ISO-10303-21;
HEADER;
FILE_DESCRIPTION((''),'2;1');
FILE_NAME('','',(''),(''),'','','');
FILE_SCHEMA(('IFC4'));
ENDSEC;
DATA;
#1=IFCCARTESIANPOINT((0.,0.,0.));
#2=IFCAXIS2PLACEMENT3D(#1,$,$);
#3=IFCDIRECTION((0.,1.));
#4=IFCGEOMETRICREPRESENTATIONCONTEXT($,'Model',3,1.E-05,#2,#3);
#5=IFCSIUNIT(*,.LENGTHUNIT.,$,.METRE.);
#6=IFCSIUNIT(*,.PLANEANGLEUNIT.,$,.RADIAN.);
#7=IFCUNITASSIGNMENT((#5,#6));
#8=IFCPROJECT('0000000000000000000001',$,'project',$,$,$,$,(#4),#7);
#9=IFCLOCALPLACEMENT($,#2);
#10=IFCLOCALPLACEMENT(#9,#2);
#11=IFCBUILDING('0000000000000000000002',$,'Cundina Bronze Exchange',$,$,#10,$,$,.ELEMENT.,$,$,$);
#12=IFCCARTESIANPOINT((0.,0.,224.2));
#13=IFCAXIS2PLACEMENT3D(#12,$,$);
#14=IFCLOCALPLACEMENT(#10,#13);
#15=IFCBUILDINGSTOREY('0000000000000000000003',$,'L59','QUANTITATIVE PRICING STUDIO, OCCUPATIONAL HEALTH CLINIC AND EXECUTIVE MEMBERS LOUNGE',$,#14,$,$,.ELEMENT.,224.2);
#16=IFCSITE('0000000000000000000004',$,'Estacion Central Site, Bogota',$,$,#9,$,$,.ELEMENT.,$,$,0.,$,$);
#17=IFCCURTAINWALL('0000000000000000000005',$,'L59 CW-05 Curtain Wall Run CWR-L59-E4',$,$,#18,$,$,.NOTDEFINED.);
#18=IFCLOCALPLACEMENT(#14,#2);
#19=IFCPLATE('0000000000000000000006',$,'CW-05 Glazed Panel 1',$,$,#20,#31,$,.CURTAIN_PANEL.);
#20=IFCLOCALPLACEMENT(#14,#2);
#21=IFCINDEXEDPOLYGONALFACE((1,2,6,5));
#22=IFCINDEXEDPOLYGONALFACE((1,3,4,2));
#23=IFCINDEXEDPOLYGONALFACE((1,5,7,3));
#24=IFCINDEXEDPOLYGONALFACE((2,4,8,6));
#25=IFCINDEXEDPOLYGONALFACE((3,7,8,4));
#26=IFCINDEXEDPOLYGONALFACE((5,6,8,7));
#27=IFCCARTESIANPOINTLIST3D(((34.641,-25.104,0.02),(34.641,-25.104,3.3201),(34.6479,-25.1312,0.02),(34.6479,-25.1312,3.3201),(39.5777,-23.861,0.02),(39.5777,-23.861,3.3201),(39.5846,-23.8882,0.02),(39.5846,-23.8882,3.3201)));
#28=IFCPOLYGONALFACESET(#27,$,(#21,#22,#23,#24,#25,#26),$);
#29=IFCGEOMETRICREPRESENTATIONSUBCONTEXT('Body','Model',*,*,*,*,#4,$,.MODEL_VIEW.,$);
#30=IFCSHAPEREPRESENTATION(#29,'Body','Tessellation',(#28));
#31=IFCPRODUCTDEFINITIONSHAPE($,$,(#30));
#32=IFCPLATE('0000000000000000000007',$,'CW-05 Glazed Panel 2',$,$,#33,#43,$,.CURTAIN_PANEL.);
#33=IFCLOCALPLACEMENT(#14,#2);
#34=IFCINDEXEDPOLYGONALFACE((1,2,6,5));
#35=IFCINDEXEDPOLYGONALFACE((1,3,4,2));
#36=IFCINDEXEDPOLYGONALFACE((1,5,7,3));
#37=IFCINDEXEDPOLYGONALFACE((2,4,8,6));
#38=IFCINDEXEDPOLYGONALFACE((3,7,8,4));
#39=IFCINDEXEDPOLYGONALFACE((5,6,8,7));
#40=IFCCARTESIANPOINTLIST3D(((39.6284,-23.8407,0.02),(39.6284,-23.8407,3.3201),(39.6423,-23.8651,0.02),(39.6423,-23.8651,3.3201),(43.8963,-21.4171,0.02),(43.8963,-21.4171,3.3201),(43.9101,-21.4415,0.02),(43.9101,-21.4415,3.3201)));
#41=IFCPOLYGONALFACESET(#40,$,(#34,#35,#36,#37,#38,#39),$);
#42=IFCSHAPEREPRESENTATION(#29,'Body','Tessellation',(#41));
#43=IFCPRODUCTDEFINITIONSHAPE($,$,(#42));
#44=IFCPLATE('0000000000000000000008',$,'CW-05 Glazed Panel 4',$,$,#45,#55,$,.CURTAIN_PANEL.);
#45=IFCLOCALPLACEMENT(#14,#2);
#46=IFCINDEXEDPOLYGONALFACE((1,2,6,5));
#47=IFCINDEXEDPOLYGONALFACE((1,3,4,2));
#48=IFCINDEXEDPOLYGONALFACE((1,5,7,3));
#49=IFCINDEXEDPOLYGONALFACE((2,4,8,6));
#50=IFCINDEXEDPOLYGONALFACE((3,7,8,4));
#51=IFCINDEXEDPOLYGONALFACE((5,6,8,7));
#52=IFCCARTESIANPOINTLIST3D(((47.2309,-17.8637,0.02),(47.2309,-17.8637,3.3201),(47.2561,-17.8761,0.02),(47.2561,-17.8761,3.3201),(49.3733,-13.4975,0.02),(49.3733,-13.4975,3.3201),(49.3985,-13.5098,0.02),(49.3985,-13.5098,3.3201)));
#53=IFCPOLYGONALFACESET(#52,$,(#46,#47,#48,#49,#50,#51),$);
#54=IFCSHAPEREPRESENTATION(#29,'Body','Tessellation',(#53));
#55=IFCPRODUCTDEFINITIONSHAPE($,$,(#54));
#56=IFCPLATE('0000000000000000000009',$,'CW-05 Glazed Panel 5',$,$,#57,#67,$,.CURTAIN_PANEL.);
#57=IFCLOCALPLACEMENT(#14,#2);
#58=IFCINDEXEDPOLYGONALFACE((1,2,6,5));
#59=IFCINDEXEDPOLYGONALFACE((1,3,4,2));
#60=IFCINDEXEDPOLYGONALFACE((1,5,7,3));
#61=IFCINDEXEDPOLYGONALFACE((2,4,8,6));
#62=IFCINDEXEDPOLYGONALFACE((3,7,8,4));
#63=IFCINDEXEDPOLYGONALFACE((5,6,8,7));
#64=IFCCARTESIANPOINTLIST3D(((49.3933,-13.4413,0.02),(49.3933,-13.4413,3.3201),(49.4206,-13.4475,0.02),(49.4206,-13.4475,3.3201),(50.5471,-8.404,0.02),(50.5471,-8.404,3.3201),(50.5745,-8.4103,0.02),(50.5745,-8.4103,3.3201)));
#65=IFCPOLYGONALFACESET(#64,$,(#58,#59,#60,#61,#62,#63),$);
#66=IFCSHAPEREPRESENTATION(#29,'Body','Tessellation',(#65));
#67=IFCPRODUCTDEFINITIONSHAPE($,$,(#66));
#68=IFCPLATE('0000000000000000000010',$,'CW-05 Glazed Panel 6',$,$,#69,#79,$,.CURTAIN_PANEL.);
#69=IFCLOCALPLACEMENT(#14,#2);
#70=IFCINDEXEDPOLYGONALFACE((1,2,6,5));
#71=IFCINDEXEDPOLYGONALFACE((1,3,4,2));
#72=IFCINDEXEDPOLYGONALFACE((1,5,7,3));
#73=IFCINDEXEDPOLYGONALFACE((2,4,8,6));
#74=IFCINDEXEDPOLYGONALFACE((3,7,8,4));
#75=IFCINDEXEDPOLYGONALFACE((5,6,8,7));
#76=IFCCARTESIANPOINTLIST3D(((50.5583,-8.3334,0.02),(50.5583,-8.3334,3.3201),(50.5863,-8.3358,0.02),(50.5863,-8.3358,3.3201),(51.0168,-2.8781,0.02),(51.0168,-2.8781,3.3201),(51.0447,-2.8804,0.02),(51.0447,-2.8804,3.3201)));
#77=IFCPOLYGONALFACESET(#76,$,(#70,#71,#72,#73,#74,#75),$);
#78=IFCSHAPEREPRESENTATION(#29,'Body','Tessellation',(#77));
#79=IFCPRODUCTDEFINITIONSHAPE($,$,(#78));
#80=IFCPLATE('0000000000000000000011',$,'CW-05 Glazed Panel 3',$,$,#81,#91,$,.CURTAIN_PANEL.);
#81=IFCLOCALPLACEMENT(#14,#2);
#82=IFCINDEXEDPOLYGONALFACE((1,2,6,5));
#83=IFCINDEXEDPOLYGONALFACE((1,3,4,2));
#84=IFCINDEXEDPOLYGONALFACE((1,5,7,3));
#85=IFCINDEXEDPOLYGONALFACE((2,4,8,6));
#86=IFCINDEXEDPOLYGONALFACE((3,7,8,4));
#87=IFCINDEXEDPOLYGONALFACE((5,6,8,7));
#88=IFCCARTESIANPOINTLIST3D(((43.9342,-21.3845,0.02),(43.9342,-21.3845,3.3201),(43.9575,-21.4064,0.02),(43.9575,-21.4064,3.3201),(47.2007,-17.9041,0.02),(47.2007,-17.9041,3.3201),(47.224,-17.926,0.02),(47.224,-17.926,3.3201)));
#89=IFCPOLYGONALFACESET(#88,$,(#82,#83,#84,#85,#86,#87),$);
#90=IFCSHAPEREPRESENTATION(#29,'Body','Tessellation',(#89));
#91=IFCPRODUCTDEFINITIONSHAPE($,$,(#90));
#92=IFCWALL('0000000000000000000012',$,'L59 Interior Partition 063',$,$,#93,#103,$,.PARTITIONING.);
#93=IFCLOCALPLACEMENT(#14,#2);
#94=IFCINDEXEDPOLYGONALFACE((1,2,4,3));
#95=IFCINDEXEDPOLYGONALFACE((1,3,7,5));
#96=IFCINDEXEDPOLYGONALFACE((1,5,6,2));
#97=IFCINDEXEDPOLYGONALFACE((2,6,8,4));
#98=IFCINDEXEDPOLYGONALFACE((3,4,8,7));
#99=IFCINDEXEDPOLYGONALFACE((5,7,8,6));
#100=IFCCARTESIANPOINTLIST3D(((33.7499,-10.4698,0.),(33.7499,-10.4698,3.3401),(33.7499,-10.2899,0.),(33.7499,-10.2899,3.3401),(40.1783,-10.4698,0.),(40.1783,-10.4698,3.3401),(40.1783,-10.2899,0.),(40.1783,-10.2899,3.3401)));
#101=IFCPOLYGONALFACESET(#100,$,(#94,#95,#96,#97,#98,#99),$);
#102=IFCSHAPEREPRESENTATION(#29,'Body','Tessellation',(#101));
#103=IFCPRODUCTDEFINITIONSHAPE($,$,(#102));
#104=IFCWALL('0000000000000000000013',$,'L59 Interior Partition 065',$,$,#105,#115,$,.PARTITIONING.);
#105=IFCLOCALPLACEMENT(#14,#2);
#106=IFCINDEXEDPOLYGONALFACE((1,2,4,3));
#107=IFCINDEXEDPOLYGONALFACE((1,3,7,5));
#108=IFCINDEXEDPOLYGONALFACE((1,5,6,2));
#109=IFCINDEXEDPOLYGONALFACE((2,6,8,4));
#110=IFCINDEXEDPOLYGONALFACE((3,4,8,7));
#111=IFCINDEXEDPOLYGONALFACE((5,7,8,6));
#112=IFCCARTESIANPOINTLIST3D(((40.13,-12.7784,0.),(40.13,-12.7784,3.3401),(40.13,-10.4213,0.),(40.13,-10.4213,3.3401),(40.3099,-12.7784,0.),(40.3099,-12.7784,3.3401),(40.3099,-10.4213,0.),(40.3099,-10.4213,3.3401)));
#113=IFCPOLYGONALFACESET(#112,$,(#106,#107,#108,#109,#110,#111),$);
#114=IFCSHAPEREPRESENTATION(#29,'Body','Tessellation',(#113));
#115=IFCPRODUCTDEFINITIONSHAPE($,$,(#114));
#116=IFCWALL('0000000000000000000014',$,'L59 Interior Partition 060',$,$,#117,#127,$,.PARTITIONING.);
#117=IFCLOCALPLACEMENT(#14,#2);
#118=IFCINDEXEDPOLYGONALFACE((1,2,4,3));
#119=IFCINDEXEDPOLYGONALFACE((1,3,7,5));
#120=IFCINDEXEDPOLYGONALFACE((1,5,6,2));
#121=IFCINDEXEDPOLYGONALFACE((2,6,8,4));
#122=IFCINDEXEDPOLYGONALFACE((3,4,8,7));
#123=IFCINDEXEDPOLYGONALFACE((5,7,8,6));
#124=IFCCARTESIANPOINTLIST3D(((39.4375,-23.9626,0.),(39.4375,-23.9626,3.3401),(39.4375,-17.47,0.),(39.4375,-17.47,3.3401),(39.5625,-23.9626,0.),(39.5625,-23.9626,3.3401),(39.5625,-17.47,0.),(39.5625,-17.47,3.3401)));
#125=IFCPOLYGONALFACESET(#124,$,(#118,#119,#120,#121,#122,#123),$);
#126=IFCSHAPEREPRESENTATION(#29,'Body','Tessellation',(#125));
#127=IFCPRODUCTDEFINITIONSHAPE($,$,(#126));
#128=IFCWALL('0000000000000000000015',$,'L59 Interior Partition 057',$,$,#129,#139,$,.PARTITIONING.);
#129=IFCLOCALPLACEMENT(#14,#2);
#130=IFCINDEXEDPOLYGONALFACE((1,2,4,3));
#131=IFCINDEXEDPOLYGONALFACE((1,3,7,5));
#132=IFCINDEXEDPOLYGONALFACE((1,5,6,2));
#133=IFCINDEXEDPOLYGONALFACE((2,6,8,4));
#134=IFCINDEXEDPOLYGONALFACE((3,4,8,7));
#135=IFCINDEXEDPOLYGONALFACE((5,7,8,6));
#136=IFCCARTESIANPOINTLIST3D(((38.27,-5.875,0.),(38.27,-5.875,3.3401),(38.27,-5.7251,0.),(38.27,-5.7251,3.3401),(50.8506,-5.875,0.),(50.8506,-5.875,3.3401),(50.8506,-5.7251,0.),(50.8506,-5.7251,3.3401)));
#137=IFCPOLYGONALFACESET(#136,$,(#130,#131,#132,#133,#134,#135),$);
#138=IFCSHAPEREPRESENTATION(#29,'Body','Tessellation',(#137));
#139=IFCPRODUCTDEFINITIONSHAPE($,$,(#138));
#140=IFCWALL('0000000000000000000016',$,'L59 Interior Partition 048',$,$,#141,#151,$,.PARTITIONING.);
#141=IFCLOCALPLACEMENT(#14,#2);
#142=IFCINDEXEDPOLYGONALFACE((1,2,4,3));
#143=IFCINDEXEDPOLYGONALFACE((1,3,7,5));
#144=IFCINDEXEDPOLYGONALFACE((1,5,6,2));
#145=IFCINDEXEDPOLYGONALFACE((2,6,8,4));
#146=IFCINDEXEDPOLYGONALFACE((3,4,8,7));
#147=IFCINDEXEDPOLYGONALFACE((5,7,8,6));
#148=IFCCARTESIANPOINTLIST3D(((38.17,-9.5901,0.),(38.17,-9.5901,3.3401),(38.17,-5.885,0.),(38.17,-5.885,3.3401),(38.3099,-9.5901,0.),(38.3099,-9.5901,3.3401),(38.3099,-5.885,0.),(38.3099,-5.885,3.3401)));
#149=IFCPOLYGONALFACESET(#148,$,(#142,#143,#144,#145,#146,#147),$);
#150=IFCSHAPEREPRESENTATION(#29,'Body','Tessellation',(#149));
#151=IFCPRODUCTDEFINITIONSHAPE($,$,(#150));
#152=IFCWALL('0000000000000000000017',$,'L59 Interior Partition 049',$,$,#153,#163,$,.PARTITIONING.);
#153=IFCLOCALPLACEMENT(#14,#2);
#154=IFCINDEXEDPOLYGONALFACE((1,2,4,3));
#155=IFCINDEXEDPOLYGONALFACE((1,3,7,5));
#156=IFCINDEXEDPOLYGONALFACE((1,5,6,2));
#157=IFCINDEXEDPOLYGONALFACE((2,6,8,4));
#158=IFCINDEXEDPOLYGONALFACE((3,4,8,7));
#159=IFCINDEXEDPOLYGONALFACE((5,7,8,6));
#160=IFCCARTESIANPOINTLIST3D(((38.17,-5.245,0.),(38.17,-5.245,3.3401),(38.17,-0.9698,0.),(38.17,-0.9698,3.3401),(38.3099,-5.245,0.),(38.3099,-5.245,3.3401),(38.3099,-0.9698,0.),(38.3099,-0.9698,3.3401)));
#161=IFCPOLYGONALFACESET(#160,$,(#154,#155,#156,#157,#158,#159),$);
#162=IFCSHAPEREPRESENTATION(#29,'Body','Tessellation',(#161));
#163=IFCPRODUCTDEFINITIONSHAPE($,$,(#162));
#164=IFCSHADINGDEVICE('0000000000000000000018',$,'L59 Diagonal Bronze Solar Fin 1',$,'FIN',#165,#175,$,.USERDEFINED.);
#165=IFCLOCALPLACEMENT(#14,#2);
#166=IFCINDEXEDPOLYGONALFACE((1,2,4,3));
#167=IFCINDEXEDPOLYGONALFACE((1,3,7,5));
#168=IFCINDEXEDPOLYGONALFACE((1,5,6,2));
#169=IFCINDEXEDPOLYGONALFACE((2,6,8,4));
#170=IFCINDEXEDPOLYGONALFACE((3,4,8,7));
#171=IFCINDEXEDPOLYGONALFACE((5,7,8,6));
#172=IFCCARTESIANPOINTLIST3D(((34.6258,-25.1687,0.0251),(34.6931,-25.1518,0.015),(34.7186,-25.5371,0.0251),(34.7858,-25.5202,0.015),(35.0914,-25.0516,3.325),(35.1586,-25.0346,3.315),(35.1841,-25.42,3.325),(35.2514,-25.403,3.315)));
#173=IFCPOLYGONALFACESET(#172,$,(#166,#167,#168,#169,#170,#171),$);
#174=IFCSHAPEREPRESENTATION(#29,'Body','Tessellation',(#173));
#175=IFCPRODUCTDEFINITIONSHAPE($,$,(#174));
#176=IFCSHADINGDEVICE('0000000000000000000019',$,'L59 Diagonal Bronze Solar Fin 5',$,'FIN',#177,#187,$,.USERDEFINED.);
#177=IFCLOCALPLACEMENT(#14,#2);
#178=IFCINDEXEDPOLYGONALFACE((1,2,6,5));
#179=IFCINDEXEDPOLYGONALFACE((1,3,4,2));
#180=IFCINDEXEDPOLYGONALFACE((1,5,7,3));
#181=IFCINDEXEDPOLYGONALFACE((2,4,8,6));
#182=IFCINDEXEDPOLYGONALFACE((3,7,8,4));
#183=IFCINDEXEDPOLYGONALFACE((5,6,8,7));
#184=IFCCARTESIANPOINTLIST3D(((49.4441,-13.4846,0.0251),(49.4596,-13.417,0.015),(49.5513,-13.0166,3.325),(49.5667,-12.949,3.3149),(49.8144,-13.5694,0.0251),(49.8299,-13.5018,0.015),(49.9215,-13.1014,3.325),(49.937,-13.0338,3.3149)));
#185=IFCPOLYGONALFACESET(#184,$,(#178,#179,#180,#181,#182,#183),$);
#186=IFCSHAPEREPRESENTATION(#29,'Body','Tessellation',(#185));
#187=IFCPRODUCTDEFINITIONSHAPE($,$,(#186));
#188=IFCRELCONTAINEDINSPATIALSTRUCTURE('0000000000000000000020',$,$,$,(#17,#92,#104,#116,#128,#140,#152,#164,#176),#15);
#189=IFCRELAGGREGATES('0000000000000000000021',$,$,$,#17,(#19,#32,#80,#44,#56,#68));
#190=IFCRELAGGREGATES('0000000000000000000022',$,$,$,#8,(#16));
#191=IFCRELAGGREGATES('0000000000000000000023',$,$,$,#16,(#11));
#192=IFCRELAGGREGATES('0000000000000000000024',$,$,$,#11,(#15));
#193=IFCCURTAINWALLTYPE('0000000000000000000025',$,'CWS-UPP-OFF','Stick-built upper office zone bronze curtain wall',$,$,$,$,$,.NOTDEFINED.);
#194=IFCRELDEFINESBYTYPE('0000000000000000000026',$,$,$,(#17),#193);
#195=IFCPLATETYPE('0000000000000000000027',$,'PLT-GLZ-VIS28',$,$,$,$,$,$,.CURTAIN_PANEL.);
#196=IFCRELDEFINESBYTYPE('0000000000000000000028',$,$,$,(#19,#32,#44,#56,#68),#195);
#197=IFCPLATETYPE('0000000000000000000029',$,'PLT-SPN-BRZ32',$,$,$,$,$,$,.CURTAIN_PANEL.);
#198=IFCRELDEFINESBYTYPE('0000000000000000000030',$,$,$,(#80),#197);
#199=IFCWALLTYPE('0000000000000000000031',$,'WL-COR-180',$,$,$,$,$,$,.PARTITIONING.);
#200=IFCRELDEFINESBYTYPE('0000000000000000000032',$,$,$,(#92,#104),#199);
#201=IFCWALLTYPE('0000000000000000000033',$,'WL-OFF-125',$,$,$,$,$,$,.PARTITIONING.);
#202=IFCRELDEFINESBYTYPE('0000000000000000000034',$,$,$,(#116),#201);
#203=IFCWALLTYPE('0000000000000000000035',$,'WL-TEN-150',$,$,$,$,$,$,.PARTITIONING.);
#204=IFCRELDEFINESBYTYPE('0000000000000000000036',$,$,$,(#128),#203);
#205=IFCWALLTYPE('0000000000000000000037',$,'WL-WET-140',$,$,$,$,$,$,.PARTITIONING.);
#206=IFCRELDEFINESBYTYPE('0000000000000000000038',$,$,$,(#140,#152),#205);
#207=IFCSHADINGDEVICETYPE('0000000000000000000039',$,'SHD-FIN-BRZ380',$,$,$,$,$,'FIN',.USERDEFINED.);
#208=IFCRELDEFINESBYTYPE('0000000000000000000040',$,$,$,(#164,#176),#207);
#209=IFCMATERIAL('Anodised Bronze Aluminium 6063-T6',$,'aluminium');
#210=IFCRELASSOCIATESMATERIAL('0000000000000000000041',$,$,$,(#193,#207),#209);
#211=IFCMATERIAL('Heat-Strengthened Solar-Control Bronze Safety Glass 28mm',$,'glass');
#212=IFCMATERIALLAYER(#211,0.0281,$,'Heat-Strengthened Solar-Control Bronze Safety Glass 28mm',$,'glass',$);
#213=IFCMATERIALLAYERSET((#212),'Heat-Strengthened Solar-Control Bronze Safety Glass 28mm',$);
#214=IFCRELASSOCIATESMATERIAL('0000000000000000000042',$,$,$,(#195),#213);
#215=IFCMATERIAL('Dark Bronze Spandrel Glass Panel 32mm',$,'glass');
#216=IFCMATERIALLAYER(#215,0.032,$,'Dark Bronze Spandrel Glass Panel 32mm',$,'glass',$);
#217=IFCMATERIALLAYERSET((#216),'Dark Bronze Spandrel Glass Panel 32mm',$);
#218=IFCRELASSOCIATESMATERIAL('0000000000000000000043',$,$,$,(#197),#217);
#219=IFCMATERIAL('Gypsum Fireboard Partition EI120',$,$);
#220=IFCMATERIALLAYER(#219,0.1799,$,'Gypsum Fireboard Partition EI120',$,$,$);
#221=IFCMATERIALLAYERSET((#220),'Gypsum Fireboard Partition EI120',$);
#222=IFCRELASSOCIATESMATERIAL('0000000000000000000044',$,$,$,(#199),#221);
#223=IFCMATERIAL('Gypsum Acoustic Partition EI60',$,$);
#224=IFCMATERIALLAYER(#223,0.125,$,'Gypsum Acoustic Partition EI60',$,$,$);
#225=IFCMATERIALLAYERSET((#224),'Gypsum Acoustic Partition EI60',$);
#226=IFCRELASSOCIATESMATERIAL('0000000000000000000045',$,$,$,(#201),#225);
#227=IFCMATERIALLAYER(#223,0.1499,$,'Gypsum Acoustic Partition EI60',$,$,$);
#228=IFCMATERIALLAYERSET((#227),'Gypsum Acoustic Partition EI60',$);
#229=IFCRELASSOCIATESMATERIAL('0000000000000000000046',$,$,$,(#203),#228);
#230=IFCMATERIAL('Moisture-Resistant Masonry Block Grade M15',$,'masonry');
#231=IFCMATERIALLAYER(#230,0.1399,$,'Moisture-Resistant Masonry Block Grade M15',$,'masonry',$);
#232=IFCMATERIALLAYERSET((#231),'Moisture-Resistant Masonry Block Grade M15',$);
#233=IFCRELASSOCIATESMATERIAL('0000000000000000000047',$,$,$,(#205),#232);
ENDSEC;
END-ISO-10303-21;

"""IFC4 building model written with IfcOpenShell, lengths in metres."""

from ifc_helpers import new_model, si_unit, direction, frame, frame_2d, origin, origin_2d, place, context, subcontext, project, spatial, rectangle, extrude, material, layer, layer_set, material_profile, profile_set, type_object, element, aggregate, save


model = new_model("IFC4")

# Units and contexts
model_context = context("Model", 3, precision=1e-05, world=origin(), true_north=direction((0.0, 1.0)))
body_context = subcontext(model_context, "Body", "Model", "MODEL_VIEW")
ifc_project = project(units=[si_unit("LENGTHUNIT", "METRE"), si_unit("PLANEANGLEUNIT", "RADIAN")], contexts=[model_context])

# Site, building, storey
site_placement = place(None, origin())
site = spatial("IfcSite", under=ifc_project, at=site_placement, Name="Estacion Central Site, Bogota", CompositionType="ELEMENT", RefElevation=0.0)
building_placement = place(site_placement, origin())
building = spatial("IfcBuilding", under=site, at=building_placement, Name="Cundina Bronze Exchange", CompositionType="ELEMENT")
storey_placement = place(building_placement, frame((0.0, 0.0, 224.2)))
storey = spatial("IfcBuildingStorey", under=building, at=storey_placement, Name="L59", Description="QUANTITATIVE PRICING STUDIO, OCCUPATIONAL HEALTH CLINIC AND EXECUTIVE MEMBERS LOUNGE", CompositionType="ELEMENT", Elevation=224.2)

# Curtain wall, plates
ifc_material_1 = material(Name="Anodised Bronze Aluminium 6063-T6", Category="aluminium")
curtain_wall_type = type_object("IfcCurtainWallType", Name="CWS-UPP-OFF", Description="Stick-built upper office zone bronze curtain wall", PredefinedType="NOTDEFINED", material=ifc_material_1)
curtain_wall_placement = place(storey_placement, origin())
curtain_wall = element("IfcCurtainWall", 1, at=curtain_wall_placement, inside=storey, type_object=curtain_wall_type, Name="L59 CW-05 Curtain Wall Run CWR-L59-E4", PredefinedType="NOTDEFINED")
ifc_material_2 = material(Name="Heat-Strengthened Solar-Control Bronze Safety Glass 28mm", Category="glass")
ifc_layer_1 = layer(ifc_material_2, 0.0281, Name="Heat-Strengthened Solar-Control Bronze Safety Glass 28mm", Category="glass")
ifc_layer_set_1 = layer_set([ifc_layer_1], Name="Heat-Strengthened Solar-Control Bronze Safety Glass 28mm")
plate_type_1 = type_object("IfcPlateType", Name="PLT-GLZ-VIS28", PredefinedType="CURTAIN_PANEL", material=ifc_layer_set_1)
plate_1_placement = place(storey_placement, frame((37.1128, -24.4961, 0.02), z_axis=(0.0, 0.0, 1.0), x_axis=(0.969732, 0.244174, 0.0)))
plate_1 = element("IfcPlate", 2, at=plate_1_placement, type_object=plate_type_1, Name="CW-05 Glazed Panel 1", PredefinedType="CURTAIN_PANEL", context=body_context, shape_type="SweptSolid", body=[
    extrude(rectangle(XDim=5.0908, YDim=0.0281, at=origin_2d()), origin(), (0.0, 0.0, 1.0), 3.3),
])
plate_2_placement = place(storey_placement, frame((41.7693, -22.6411, 0.02), z_axis=(0.0, 0.0, 1.0), x_axis=(0.869573, 0.493805, 0.0)))
plate_2 = element("IfcPlate", 3, at=plate_2_placement, type_object=plate_type_1, Name="CW-05 Glazed Panel 2", PredefinedType="CURTAIN_PANEL", context=body_context, shape_type="SweptSolid", body=[
    extrude(rectangle(XDim=4.908, YDim=0.0281, at=origin_2d()), origin(), (0.0, 0.0, 1.0), 3.3),
])
plate_3_placement = place(storey_placement, frame((48.3147, -15.6868, 0.02), z_axis=(0.0, 0.0, 1.0), x_axis=(0.440503, 0.897751, 0.0)))
plate_3 = element("IfcPlate", 4, at=plate_3_placement, type_object=plate_type_1, Name="CW-05 Glazed Panel 4", PredefinedType="CURTAIN_PANEL", context=body_context, shape_type="SweptSolid", body=[
    extrude(rectangle(XDim=4.8635, YDim=0.0281, at=origin_2d()), origin(), (0.0, 0.0, 1.0), 3.3),
])
plate_4_placement = place(storey_placement, frame((49.9839, -10.9258, 0.02), z_axis=(0.0, 0.0, 1.0), x_axis=(0.223284, 0.974753, 0.0)))
plate_4 = element("IfcPlate", 5, at=plate_4_placement, type_object=plate_type_1, Name="CW-05 Glazed Panel 5", PredefinedType="CURTAIN_PANEL", context=body_context, shape_type="SweptSolid", body=[
    extrude(rectangle(XDim=5.1677, YDim=0.0281, at=origin_2d()), origin(), (0.0, 0.0, 1.0), 3.3),
])
plate_5_placement = place(storey_placement, frame((50.8015, -5.6069, 0.02), z_axis=(0.0, 0.0, 1.0), x_axis=(0.083747, 0.996487, 0.0)))
plate_5 = element("IfcPlate", 6, at=plate_5_placement, type_object=plate_type_1, Name="CW-05 Glazed Panel 6", PredefinedType="CURTAIN_PANEL", context=body_context, shape_type="SweptSolid", body=[
    extrude(rectangle(XDim=5.4746, YDim=0.0281, at=origin_2d()), origin(), (0.0, 0.0, 1.0), 3.3),
])
ifc_material_3 = material(Name="Dark Bronze Spandrel Glass Panel 32mm", Category="glass")
ifc_layer_2 = layer(ifc_material_3, 0.032, Name="Dark Bronze Spandrel Glass Panel 32mm", Category="glass")
ifc_layer_set_2 = layer_set([ifc_layer_2], Name="Dark Bronze Spandrel Glass Panel 32mm")
plate_type_2 = type_object("IfcPlateType", Name="PLT-SPN-BRZ32", PredefinedType="CURTAIN_PANEL", material=ifc_layer_set_2)
plate_6_placement = place(storey_placement, frame((45.5791, -19.6553, 0.02), z_axis=(0.0, 0.0, 1.0), x_axis=(0.684344, 0.72916, 0.0)))
plate_6 = element("IfcPlate", 7, at=plate_6_placement, type_object=plate_type_2, Name="CW-05 Glazed Panel 3", PredefinedType="CURTAIN_PANEL", context=body_context, shape_type="SweptSolid", body=[
    extrude(rectangle(XDim=4.7732, YDim=0.032, at=origin_2d()), origin(), (0.0, 0.0, 1.0), 3.3),
])
aggregate(curtain_wall, [plate_1, plate_2, plate_6, plate_3, plate_4, plate_5])

# Walls
ifc_material_4 = material(Name="Gypsum Fireboard Partition EI120")
ifc_layer_3 = layer(ifc_material_4, 0.1799, Name="Gypsum Fireboard Partition EI120")
ifc_layer_set_3 = layer_set([ifc_layer_3], Name="Gypsum Fireboard Partition EI120")
wall_type_1 = type_object("IfcWallType", Name="WL-COR-180", PredefinedType="PARTITIONING", material=ifc_layer_set_3)
wall_1_placement = place(storey_placement, frame((40.1785, -10.3799, 0.0), z_axis=(0.0, 0.0, 1.0), x_axis=(-1.0, 0.0, 0.0)))
element("IfcWall", 8, at=wall_1_placement, inside=storey, type_object=wall_type_1, Name="L59 Interior Partition 063", PredefinedType="PARTITIONING", context=body_context, shape_type="SweptSolid", body=[
    extrude(rectangle(XDim=6.4285, YDim=0.1799, at=frame_2d((3.2144, 0.0))), origin(), (0.0, 0.0, 1.0), 3.3401),
])
wall_2_placement = place(storey_placement, frame((40.22, -12.7786, 0.0), z_axis=(0.0, 0.0, 1.0), x_axis=(0.0, 1.0, 0.0)))
element("IfcWall", 9, at=wall_2_placement, inside=storey, type_object=wall_type_1, Name="L59 Interior Partition 065", PredefinedType="PARTITIONING", context=body_context, shape_type="SweptSolid", body=[
    extrude(rectangle(XDim=2.3572, YDim=0.1799, at=frame_2d((1.1787, 0.0))), origin(), (0.0, 0.0, 1.0), 3.3401),
])
ifc_material_5 = material(Name="Gypsum Acoustic Partition EI60")
ifc_layer_4 = layer(ifc_material_5, 0.125, Name="Gypsum Acoustic Partition EI60")
ifc_layer_set_4 = layer_set([ifc_layer_4], Name="Gypsum Acoustic Partition EI60")
wall_type_2 = type_object("IfcWallType", Name="WL-OFF-125", PredefinedType="PARTITIONING", material=ifc_layer_set_4)
wall_3_placement = place(storey_placement, frame((39.5, -23.9626, 0.0), z_axis=(0.0, 0.0, 1.0), x_axis=(0.0, 1.0, 0.0)))
element("IfcWall", 10, at=wall_3_placement, inside=storey, type_object=wall_type_2, Name="L59 Interior Partition 060", PredefinedType="PARTITIONING", context=body_context, shape_type="SweptSolid", body=[
    extrude(rectangle(XDim=6.4927, YDim=0.125, at=frame_2d((3.2463, 0.0))), origin(), (0.0, 0.0, 1.0), 3.3401),
])
ifc_layer_5 = layer(ifc_material_5, 0.1499, Name="Gypsum Acoustic Partition EI60")
ifc_layer_set_5 = layer_set([ifc_layer_5], Name="Gypsum Acoustic Partition EI60")
wall_type_3 = type_object("IfcWallType", Name="WL-TEN-150", PredefinedType="PARTITIONING", material=ifc_layer_set_5)
wall_4_placement = place(storey_placement, frame((38.27, -5.8, 0.0), z_axis=(0.0, 0.0, 1.0), x_axis=(1.0, 0.0, 0.0)))
element("IfcWall", 11, at=wall_4_placement, inside=storey, type_object=wall_type_3, Name="L59 Interior Partition 057", PredefinedType="PARTITIONING", context=body_context, shape_type="SweptSolid", body=[
    extrude(rectangle(XDim=12.5806, YDim=0.1499, at=frame_2d((6.2903, 0.0))), origin(), (0.0, 0.0, 1.0), 3.3401),
])
ifc_material_6 = material(Name="Moisture-Resistant Masonry Block Grade M15", Category="masonry")
ifc_layer_6 = layer(ifc_material_6, 0.1399, Name="Moisture-Resistant Masonry Block Grade M15", Category="masonry")
ifc_layer_set_6 = layer_set([ifc_layer_6], Name="Moisture-Resistant Masonry Block Grade M15")
wall_type_4 = type_object("IfcWallType", Name="WL-WET-140", PredefinedType="PARTITIONING", material=ifc_layer_set_6)
wall_5_placement = place(storey_placement, frame((38.24, -9.5901, 0.0), z_axis=(0.0, 0.0, 1.0), x_axis=(0.0, 1.0, 0.0)))
element("IfcWall", 12, at=wall_5_placement, inside=storey, type_object=wall_type_4, Name="L59 Interior Partition 048", PredefinedType="PARTITIONING", context=body_context, shape_type="SweptSolid", body=[
    extrude(rectangle(XDim=3.7051, YDim=0.1399, at=frame_2d((1.8525, 0.0))), origin(), (0.0, 0.0, 1.0), 3.3401),
])
wall_6_placement = place(storey_placement, frame((38.24, -5.2451, 0.0), z_axis=(0.0, 0.0, 1.0), x_axis=(0.0, 1.0, 0.0)))
element("IfcWall", 13, at=wall_6_placement, inside=storey, type_object=wall_type_4, Name="L59 Interior Partition 049", PredefinedType="PARTITIONING", context=body_context, shape_type="SweptSolid", body=[
    extrude(rectangle(XDim=4.2751, YDim=0.1399, at=frame_2d((2.1377, 0.0))), origin(), (0.0, 0.0, 1.0), 3.3401),
])

# Shading devices
ifc_material_profile_1 = material_profile(ifc_material_1, rectangle(XDim=0.0701, YDim=0.3799, at=origin_2d()), Name="FIN70X380", Category="aluminium")
ifc_profile_set_1 = profile_set([ifc_material_profile_1], Name="Anodised Bronze Aluminium 6063-T6")
shading_device_type = type_object("IfcShadingDeviceType", Name="SHD-FIN-BRZ380", ElementType="FIN", PredefinedType="USERDEFINED", material=ifc_profile_set_1)
for number, where, z_axis, x_axis, name in (
    (14, (34.7058, -25.3445, 0.02), (0.139612, 0.035141, 0.989583), (-0.95965, -0.241548, 0.143967), "L59 Diagonal Bronze Solar Fin 1"),
    (15, (49.637, -13.4932, 0.02), (0.032139, 0.140344, 0.989581), (-0.220899, -0.964611, 0.143977), "L59 Diagonal Bronze Solar Fin 5"),
):
    element("IfcShadingDevice", number, at=place(storey_placement, frame(where, z_axis=z_axis, x_axis=x_axis)), inside=storey, type_object=shading_device_type, Name=name, ObjectType="FIN", PredefinedType="USERDEFINED", context=body_context, shape_type="SweptSolid", body=[
        extrude(rectangle(XDim=0.0701, YDim=0.3799, at=origin_2d()), origin(), (0.0, 0.0, 1.0), 3.3347),
    ])

save(model, "model.ifc")
